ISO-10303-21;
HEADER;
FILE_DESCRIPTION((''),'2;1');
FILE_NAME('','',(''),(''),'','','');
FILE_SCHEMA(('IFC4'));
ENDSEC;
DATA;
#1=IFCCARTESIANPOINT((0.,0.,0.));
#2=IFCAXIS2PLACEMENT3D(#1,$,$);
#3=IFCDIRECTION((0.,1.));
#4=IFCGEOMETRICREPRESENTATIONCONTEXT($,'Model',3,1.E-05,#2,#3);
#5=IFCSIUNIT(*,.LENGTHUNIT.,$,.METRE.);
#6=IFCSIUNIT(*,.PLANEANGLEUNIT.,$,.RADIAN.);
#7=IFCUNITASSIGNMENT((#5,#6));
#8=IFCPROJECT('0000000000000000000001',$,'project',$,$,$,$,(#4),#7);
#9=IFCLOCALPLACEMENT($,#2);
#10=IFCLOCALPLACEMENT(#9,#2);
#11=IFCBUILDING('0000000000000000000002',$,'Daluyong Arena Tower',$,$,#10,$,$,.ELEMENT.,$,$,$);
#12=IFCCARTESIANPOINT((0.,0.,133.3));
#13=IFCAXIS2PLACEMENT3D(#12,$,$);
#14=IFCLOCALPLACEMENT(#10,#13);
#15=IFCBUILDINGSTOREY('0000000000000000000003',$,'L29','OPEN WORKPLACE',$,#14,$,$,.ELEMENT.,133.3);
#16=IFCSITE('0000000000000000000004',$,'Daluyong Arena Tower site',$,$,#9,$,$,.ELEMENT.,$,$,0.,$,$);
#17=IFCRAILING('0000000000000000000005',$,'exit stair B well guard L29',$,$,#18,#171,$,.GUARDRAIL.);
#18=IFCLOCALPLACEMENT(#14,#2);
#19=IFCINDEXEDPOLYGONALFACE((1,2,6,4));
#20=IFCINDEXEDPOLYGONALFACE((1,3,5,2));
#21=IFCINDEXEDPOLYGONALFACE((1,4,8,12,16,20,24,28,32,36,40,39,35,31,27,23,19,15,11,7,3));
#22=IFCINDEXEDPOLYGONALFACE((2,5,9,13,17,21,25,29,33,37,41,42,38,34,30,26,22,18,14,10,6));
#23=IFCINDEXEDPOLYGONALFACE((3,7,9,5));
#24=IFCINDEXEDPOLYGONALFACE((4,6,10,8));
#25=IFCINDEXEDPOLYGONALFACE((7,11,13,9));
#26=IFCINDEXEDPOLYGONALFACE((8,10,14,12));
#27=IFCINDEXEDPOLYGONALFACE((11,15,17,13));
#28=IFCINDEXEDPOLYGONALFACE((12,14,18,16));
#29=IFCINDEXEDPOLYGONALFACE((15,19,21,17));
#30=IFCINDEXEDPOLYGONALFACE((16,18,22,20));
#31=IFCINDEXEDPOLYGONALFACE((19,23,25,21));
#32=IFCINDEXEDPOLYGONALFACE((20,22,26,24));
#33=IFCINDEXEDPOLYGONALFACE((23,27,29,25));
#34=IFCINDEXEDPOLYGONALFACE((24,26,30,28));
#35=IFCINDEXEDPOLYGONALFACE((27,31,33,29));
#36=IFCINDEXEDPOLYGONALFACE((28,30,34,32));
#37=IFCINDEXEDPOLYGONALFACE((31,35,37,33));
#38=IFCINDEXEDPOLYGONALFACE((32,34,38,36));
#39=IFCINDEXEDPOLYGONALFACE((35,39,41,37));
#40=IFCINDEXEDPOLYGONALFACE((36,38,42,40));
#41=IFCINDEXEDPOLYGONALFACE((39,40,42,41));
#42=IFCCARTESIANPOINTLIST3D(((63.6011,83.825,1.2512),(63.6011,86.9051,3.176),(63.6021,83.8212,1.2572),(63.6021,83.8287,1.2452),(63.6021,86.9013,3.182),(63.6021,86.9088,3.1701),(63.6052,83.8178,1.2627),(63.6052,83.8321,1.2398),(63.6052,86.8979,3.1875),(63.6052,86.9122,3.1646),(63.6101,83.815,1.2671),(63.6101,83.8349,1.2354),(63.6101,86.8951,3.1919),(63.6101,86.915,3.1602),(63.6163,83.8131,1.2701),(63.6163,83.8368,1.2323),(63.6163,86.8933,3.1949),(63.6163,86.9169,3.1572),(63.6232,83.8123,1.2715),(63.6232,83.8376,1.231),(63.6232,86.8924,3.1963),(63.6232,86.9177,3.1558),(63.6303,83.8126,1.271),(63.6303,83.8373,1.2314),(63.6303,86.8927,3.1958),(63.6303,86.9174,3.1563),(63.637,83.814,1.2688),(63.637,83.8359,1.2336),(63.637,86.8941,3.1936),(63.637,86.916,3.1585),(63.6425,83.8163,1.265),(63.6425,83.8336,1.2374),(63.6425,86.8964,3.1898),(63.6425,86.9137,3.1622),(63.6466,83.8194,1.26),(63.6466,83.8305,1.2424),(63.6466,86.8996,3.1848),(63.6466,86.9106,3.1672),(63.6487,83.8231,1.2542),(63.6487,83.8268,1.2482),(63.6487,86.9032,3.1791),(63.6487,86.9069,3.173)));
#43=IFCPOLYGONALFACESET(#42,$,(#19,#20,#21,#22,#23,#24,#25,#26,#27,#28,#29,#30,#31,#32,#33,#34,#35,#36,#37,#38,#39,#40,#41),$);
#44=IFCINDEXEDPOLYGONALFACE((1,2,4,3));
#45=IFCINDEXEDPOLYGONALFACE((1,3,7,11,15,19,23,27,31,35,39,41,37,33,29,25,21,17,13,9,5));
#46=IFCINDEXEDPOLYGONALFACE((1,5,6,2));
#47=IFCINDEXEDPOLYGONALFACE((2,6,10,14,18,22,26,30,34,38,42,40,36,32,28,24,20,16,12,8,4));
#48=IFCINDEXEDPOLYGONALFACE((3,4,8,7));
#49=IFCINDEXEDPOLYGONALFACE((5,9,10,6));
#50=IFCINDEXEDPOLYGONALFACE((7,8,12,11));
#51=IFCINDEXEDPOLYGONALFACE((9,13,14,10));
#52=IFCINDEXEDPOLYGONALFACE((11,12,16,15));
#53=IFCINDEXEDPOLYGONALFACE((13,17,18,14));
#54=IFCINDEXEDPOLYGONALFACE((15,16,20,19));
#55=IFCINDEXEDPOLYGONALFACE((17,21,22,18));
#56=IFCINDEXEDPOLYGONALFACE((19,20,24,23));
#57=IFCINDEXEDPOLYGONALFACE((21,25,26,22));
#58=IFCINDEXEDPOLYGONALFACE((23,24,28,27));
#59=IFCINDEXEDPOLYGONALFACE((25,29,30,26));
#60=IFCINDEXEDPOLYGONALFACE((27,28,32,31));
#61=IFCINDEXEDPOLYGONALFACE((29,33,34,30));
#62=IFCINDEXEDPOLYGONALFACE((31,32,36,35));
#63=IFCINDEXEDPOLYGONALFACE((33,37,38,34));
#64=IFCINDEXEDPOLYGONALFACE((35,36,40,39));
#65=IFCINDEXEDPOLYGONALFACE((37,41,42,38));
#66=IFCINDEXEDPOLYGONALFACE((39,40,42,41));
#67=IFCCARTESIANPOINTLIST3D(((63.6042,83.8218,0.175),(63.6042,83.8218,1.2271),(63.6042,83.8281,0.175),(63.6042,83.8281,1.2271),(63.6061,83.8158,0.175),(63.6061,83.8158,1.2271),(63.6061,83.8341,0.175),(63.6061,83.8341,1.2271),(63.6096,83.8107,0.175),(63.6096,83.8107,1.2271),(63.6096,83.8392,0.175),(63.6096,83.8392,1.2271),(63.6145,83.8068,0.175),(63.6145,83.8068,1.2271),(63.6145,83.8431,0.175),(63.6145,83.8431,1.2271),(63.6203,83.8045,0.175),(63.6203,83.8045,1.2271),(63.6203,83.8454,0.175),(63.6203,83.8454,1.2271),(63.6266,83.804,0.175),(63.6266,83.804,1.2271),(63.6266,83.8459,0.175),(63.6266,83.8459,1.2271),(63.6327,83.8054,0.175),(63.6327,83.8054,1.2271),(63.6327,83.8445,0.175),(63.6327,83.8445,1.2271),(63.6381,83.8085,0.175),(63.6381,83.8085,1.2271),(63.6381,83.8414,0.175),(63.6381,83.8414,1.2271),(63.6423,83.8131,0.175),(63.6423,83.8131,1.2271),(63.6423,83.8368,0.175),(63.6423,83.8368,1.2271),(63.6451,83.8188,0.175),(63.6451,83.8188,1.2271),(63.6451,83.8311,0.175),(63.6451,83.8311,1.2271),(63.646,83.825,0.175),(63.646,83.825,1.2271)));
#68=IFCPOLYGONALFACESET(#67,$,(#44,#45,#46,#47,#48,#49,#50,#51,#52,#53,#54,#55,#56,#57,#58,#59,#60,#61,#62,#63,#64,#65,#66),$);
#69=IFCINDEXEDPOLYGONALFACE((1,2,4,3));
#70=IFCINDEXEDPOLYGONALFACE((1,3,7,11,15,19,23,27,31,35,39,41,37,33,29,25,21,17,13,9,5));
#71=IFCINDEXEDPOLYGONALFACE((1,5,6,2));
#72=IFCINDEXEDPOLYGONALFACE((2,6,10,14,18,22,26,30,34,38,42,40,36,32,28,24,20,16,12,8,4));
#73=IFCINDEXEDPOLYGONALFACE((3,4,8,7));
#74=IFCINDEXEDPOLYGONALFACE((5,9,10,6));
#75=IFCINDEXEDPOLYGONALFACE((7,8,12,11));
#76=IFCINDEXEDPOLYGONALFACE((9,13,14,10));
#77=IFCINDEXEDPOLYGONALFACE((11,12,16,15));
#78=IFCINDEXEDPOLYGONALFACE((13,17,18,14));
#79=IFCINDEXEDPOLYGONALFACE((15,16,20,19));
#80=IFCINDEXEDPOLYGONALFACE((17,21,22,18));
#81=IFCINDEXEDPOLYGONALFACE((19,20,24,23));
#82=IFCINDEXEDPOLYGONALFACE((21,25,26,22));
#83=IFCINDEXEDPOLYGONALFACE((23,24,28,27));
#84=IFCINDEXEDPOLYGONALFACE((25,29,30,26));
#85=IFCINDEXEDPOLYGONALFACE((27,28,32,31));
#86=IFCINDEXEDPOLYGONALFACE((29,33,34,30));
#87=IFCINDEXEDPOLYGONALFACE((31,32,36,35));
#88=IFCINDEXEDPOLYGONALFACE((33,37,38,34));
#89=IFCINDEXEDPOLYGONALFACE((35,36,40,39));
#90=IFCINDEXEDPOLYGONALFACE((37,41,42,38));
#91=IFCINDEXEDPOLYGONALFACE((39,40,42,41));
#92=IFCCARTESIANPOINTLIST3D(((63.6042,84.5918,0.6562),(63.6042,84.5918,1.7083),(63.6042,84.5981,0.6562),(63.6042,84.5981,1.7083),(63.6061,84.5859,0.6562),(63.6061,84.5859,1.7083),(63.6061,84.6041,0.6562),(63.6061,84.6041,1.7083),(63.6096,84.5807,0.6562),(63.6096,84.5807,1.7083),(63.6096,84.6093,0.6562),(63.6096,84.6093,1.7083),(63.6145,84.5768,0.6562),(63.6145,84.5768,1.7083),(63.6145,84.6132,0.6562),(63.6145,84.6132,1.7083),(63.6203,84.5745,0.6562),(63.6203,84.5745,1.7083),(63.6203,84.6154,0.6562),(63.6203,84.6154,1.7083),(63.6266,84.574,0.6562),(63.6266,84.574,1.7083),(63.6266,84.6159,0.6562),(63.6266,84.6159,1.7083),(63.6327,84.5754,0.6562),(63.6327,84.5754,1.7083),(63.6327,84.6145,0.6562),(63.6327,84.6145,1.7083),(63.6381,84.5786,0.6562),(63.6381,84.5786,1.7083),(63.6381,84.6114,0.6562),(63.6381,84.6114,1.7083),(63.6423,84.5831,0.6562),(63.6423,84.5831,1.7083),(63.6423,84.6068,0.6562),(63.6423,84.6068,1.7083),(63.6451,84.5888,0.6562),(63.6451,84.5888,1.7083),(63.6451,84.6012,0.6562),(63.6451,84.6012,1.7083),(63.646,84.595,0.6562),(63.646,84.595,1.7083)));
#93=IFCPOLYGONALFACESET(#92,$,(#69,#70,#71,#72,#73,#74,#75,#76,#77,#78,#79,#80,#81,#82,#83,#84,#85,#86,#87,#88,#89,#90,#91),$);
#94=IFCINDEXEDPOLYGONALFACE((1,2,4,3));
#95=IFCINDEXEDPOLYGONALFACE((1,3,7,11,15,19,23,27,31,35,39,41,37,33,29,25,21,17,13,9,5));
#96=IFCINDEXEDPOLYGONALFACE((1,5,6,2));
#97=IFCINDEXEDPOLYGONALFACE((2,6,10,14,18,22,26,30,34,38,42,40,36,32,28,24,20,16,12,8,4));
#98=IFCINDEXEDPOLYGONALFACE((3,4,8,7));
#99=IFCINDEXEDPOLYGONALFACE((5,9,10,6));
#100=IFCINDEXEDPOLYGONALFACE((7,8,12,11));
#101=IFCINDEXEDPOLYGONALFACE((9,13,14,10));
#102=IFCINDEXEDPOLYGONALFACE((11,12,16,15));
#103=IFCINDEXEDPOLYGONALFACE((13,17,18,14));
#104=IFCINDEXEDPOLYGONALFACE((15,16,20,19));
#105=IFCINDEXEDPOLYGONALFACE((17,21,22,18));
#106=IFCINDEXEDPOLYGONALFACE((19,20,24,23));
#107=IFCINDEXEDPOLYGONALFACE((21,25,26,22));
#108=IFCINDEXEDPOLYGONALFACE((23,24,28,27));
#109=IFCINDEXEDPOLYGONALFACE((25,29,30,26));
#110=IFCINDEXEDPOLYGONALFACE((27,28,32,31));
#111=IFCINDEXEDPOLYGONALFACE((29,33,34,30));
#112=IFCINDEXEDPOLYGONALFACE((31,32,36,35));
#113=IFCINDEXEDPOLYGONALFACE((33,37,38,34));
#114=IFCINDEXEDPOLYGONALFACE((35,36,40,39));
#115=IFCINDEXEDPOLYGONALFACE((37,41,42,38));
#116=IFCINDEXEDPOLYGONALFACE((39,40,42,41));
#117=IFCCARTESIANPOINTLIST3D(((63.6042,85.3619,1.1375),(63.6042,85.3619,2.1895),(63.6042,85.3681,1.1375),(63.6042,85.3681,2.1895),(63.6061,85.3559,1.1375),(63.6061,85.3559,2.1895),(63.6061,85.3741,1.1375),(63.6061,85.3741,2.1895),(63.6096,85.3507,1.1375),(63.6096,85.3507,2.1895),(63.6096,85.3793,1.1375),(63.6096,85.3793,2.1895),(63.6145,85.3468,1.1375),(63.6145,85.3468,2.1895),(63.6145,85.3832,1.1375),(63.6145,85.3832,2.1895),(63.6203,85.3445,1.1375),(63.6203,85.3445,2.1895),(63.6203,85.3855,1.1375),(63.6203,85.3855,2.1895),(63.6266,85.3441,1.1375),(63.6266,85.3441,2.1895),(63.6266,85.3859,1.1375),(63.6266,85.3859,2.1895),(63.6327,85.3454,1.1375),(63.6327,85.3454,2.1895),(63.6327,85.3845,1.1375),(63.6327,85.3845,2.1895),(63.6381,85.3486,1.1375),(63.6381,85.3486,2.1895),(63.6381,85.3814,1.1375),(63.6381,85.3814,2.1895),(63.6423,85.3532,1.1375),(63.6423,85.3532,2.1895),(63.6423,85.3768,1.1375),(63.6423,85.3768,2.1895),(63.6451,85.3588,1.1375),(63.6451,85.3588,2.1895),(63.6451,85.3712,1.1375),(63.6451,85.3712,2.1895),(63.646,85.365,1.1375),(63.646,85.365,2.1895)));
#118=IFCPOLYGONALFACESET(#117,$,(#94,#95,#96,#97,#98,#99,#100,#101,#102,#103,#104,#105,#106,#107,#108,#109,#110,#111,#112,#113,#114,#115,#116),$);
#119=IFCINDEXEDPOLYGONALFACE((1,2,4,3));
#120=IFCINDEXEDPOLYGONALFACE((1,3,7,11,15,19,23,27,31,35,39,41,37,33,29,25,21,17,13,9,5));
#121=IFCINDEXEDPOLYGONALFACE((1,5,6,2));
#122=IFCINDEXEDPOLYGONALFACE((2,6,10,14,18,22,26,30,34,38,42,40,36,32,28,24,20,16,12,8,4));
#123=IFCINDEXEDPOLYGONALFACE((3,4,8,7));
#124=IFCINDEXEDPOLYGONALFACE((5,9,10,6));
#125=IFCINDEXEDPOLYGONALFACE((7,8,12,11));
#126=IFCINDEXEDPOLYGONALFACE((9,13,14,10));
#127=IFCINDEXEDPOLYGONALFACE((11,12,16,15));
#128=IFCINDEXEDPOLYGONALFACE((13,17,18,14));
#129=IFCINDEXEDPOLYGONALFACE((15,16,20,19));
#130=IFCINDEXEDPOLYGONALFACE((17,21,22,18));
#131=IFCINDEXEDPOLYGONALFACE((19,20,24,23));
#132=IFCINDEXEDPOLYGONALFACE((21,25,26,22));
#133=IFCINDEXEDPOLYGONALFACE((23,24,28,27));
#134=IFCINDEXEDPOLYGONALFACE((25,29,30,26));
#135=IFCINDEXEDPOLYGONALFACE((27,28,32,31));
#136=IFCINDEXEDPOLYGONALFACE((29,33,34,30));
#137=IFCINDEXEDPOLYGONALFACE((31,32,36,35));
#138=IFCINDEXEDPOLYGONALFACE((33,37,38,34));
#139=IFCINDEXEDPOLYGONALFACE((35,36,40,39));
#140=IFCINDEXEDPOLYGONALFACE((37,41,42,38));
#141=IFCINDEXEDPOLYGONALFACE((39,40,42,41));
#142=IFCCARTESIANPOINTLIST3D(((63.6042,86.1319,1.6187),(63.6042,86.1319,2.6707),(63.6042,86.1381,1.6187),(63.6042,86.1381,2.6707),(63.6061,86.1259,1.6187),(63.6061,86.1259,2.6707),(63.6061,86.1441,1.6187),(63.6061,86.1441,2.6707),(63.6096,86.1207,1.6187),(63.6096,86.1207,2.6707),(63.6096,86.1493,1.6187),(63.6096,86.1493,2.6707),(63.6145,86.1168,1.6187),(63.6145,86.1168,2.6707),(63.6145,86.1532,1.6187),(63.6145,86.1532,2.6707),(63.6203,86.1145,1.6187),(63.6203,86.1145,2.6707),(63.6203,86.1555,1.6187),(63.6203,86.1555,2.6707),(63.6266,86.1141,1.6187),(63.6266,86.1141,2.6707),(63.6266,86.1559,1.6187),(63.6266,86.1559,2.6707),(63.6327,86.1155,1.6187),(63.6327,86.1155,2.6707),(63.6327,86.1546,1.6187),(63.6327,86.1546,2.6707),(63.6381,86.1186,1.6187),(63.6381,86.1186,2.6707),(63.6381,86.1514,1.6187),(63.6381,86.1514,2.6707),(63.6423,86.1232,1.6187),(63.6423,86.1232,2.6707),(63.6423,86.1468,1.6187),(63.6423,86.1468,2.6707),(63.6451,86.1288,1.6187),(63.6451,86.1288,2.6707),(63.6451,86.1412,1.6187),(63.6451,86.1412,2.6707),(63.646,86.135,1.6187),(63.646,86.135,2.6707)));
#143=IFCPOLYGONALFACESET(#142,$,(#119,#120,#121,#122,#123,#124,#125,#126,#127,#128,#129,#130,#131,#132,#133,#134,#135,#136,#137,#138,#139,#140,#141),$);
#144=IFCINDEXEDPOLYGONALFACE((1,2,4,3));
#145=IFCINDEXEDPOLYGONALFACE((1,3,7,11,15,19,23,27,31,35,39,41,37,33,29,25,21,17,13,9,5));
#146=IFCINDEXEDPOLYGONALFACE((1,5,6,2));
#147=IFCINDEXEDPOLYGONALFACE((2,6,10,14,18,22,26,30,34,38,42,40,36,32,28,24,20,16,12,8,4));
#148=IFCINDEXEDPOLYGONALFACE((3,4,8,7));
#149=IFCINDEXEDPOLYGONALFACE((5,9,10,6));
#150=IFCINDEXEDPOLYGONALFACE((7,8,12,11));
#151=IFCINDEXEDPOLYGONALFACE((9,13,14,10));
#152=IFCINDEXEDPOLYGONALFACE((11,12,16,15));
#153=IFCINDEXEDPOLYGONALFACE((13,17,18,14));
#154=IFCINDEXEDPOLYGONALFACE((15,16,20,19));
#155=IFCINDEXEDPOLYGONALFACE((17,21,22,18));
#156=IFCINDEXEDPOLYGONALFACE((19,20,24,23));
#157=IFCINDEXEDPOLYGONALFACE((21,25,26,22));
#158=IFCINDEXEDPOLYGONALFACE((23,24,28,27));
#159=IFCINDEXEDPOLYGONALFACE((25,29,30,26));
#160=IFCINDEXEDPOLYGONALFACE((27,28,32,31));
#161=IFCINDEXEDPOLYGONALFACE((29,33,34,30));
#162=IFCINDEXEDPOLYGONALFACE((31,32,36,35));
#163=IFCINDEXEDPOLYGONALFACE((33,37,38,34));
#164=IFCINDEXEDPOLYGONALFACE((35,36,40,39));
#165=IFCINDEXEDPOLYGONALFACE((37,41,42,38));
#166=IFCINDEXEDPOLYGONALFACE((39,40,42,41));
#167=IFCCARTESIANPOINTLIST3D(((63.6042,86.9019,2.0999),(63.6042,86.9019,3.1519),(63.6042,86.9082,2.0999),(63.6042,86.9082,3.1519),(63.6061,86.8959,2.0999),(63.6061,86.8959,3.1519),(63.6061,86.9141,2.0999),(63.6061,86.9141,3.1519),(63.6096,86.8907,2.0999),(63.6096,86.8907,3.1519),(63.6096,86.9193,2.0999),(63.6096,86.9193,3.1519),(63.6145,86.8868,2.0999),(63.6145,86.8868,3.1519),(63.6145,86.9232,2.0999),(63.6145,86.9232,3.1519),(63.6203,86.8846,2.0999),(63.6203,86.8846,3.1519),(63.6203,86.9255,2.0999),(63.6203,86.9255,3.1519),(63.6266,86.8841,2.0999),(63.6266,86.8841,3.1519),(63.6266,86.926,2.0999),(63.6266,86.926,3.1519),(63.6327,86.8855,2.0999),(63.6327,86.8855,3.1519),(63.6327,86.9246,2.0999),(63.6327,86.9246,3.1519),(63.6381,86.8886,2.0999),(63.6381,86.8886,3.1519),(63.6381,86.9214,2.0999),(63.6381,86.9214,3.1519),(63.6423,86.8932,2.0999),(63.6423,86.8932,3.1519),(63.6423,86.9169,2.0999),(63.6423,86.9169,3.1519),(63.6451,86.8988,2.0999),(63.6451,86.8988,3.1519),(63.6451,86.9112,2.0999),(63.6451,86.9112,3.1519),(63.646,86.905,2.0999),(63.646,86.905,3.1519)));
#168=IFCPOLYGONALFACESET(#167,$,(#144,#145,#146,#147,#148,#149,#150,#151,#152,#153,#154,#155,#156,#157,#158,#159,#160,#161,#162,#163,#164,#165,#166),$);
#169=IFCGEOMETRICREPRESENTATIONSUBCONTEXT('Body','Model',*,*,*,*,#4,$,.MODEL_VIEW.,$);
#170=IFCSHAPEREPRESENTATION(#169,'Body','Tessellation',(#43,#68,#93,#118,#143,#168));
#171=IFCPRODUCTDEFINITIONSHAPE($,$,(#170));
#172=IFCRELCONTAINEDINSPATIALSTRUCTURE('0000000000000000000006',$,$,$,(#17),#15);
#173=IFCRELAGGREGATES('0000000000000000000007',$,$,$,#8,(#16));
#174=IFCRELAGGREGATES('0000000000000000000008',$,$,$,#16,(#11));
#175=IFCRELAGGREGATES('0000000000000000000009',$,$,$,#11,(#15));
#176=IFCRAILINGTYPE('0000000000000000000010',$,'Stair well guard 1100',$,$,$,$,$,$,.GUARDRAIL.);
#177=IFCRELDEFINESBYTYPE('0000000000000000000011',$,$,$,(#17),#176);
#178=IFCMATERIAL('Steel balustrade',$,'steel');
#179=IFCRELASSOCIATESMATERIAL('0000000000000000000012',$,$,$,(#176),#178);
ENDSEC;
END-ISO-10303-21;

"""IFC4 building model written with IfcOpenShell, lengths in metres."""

from ifc_helpers import new_model, si_unit, direction, frame, origin, origin_2d, place, context, subcontext, project, spatial, circle, extrude, material, type_object, element, save


model = new_model("IFC4")

# Units and contexts
model_context = context("Model", 3, precision=1e-05, world=origin(), true_north=direction((0.0, 1.0)))
body_context = subcontext(model_context, "Body", "Model", "MODEL_VIEW")
ifc_project = project(units=[si_unit("LENGTHUNIT", "METRE"), si_unit("PLANEANGLEUNIT", "RADIAN")], contexts=[model_context])

# Site, building, storey
site_placement = place(None, origin())
site = spatial("IfcSite", under=ifc_project, at=site_placement, Name="Daluyong Arena Tower site", CompositionType="ELEMENT", RefElevation=0.0)
building_placement = place(site_placement, origin())
building = spatial("IfcBuilding", under=site, at=building_placement, Name="Daluyong Arena Tower", CompositionType="ELEMENT")
storey_placement = place(building_placement, frame((0.0, 0.0, 133.3)))
storey = spatial("IfcBuildingStorey", under=building, at=storey_placement, Name="L29", Description="OPEN WORKPLACE", CompositionType="ELEMENT", Elevation=133.3)

# Railing
ifc_material_1 = material(Name="Steel balustrade", Category="steel")
railing_type_1 = type_object("IfcRailingType", Name="Stair well guard 1100", PredefinedType="GUARDRAIL", material=ifc_material_1)
railing_1_placement = place(storey_placement, frame((63.625, 83.825, 0.175)))
element("IfcRailing", 1, at=railing_1_placement, inside=storey, type_object=railing_type_1, Name="exit stair B well guard L29", PredefinedType="GUARDRAIL", context=body_context, shape_type="SweptSolid", body=[
    extrude(circle(Radius=0.0239, at=origin_2d()), frame((0.0, 0.0, 1.0762), z_axis=(0.0, 0.848029, 0.529951), x_axis=(-1.0, 0.0, 0.0)), (0.0, 0.0, 1.0), 3.6321),
    extrude(circle(Radius=0.021, at=origin_2d()), origin(), (0.0, 0.0, 1.0), 1.052),
    extrude(circle(Radius=0.021, at=origin_2d()), frame((0.0, 0.77, 0.4812)), (0.0, 0.0, 1.0), 1.052),
    extrude(circle(Radius=0.021, at=origin_2d()), frame((0.0, 1.54, 0.9624)), (0.0, 0.0, 1.0), 1.052),
    extrude(circle(Radius=0.021, at=origin_2d()), frame((0.0, 2.3101, 1.4436)), (0.0, 0.0, 1.0), 1.052),
    extrude(circle(Radius=0.021, at=origin_2d()), frame((0.0, 3.0801, 1.9248)), (0.0, 0.0, 1.0), 1.052),
])

save(model, "model.ifc")
